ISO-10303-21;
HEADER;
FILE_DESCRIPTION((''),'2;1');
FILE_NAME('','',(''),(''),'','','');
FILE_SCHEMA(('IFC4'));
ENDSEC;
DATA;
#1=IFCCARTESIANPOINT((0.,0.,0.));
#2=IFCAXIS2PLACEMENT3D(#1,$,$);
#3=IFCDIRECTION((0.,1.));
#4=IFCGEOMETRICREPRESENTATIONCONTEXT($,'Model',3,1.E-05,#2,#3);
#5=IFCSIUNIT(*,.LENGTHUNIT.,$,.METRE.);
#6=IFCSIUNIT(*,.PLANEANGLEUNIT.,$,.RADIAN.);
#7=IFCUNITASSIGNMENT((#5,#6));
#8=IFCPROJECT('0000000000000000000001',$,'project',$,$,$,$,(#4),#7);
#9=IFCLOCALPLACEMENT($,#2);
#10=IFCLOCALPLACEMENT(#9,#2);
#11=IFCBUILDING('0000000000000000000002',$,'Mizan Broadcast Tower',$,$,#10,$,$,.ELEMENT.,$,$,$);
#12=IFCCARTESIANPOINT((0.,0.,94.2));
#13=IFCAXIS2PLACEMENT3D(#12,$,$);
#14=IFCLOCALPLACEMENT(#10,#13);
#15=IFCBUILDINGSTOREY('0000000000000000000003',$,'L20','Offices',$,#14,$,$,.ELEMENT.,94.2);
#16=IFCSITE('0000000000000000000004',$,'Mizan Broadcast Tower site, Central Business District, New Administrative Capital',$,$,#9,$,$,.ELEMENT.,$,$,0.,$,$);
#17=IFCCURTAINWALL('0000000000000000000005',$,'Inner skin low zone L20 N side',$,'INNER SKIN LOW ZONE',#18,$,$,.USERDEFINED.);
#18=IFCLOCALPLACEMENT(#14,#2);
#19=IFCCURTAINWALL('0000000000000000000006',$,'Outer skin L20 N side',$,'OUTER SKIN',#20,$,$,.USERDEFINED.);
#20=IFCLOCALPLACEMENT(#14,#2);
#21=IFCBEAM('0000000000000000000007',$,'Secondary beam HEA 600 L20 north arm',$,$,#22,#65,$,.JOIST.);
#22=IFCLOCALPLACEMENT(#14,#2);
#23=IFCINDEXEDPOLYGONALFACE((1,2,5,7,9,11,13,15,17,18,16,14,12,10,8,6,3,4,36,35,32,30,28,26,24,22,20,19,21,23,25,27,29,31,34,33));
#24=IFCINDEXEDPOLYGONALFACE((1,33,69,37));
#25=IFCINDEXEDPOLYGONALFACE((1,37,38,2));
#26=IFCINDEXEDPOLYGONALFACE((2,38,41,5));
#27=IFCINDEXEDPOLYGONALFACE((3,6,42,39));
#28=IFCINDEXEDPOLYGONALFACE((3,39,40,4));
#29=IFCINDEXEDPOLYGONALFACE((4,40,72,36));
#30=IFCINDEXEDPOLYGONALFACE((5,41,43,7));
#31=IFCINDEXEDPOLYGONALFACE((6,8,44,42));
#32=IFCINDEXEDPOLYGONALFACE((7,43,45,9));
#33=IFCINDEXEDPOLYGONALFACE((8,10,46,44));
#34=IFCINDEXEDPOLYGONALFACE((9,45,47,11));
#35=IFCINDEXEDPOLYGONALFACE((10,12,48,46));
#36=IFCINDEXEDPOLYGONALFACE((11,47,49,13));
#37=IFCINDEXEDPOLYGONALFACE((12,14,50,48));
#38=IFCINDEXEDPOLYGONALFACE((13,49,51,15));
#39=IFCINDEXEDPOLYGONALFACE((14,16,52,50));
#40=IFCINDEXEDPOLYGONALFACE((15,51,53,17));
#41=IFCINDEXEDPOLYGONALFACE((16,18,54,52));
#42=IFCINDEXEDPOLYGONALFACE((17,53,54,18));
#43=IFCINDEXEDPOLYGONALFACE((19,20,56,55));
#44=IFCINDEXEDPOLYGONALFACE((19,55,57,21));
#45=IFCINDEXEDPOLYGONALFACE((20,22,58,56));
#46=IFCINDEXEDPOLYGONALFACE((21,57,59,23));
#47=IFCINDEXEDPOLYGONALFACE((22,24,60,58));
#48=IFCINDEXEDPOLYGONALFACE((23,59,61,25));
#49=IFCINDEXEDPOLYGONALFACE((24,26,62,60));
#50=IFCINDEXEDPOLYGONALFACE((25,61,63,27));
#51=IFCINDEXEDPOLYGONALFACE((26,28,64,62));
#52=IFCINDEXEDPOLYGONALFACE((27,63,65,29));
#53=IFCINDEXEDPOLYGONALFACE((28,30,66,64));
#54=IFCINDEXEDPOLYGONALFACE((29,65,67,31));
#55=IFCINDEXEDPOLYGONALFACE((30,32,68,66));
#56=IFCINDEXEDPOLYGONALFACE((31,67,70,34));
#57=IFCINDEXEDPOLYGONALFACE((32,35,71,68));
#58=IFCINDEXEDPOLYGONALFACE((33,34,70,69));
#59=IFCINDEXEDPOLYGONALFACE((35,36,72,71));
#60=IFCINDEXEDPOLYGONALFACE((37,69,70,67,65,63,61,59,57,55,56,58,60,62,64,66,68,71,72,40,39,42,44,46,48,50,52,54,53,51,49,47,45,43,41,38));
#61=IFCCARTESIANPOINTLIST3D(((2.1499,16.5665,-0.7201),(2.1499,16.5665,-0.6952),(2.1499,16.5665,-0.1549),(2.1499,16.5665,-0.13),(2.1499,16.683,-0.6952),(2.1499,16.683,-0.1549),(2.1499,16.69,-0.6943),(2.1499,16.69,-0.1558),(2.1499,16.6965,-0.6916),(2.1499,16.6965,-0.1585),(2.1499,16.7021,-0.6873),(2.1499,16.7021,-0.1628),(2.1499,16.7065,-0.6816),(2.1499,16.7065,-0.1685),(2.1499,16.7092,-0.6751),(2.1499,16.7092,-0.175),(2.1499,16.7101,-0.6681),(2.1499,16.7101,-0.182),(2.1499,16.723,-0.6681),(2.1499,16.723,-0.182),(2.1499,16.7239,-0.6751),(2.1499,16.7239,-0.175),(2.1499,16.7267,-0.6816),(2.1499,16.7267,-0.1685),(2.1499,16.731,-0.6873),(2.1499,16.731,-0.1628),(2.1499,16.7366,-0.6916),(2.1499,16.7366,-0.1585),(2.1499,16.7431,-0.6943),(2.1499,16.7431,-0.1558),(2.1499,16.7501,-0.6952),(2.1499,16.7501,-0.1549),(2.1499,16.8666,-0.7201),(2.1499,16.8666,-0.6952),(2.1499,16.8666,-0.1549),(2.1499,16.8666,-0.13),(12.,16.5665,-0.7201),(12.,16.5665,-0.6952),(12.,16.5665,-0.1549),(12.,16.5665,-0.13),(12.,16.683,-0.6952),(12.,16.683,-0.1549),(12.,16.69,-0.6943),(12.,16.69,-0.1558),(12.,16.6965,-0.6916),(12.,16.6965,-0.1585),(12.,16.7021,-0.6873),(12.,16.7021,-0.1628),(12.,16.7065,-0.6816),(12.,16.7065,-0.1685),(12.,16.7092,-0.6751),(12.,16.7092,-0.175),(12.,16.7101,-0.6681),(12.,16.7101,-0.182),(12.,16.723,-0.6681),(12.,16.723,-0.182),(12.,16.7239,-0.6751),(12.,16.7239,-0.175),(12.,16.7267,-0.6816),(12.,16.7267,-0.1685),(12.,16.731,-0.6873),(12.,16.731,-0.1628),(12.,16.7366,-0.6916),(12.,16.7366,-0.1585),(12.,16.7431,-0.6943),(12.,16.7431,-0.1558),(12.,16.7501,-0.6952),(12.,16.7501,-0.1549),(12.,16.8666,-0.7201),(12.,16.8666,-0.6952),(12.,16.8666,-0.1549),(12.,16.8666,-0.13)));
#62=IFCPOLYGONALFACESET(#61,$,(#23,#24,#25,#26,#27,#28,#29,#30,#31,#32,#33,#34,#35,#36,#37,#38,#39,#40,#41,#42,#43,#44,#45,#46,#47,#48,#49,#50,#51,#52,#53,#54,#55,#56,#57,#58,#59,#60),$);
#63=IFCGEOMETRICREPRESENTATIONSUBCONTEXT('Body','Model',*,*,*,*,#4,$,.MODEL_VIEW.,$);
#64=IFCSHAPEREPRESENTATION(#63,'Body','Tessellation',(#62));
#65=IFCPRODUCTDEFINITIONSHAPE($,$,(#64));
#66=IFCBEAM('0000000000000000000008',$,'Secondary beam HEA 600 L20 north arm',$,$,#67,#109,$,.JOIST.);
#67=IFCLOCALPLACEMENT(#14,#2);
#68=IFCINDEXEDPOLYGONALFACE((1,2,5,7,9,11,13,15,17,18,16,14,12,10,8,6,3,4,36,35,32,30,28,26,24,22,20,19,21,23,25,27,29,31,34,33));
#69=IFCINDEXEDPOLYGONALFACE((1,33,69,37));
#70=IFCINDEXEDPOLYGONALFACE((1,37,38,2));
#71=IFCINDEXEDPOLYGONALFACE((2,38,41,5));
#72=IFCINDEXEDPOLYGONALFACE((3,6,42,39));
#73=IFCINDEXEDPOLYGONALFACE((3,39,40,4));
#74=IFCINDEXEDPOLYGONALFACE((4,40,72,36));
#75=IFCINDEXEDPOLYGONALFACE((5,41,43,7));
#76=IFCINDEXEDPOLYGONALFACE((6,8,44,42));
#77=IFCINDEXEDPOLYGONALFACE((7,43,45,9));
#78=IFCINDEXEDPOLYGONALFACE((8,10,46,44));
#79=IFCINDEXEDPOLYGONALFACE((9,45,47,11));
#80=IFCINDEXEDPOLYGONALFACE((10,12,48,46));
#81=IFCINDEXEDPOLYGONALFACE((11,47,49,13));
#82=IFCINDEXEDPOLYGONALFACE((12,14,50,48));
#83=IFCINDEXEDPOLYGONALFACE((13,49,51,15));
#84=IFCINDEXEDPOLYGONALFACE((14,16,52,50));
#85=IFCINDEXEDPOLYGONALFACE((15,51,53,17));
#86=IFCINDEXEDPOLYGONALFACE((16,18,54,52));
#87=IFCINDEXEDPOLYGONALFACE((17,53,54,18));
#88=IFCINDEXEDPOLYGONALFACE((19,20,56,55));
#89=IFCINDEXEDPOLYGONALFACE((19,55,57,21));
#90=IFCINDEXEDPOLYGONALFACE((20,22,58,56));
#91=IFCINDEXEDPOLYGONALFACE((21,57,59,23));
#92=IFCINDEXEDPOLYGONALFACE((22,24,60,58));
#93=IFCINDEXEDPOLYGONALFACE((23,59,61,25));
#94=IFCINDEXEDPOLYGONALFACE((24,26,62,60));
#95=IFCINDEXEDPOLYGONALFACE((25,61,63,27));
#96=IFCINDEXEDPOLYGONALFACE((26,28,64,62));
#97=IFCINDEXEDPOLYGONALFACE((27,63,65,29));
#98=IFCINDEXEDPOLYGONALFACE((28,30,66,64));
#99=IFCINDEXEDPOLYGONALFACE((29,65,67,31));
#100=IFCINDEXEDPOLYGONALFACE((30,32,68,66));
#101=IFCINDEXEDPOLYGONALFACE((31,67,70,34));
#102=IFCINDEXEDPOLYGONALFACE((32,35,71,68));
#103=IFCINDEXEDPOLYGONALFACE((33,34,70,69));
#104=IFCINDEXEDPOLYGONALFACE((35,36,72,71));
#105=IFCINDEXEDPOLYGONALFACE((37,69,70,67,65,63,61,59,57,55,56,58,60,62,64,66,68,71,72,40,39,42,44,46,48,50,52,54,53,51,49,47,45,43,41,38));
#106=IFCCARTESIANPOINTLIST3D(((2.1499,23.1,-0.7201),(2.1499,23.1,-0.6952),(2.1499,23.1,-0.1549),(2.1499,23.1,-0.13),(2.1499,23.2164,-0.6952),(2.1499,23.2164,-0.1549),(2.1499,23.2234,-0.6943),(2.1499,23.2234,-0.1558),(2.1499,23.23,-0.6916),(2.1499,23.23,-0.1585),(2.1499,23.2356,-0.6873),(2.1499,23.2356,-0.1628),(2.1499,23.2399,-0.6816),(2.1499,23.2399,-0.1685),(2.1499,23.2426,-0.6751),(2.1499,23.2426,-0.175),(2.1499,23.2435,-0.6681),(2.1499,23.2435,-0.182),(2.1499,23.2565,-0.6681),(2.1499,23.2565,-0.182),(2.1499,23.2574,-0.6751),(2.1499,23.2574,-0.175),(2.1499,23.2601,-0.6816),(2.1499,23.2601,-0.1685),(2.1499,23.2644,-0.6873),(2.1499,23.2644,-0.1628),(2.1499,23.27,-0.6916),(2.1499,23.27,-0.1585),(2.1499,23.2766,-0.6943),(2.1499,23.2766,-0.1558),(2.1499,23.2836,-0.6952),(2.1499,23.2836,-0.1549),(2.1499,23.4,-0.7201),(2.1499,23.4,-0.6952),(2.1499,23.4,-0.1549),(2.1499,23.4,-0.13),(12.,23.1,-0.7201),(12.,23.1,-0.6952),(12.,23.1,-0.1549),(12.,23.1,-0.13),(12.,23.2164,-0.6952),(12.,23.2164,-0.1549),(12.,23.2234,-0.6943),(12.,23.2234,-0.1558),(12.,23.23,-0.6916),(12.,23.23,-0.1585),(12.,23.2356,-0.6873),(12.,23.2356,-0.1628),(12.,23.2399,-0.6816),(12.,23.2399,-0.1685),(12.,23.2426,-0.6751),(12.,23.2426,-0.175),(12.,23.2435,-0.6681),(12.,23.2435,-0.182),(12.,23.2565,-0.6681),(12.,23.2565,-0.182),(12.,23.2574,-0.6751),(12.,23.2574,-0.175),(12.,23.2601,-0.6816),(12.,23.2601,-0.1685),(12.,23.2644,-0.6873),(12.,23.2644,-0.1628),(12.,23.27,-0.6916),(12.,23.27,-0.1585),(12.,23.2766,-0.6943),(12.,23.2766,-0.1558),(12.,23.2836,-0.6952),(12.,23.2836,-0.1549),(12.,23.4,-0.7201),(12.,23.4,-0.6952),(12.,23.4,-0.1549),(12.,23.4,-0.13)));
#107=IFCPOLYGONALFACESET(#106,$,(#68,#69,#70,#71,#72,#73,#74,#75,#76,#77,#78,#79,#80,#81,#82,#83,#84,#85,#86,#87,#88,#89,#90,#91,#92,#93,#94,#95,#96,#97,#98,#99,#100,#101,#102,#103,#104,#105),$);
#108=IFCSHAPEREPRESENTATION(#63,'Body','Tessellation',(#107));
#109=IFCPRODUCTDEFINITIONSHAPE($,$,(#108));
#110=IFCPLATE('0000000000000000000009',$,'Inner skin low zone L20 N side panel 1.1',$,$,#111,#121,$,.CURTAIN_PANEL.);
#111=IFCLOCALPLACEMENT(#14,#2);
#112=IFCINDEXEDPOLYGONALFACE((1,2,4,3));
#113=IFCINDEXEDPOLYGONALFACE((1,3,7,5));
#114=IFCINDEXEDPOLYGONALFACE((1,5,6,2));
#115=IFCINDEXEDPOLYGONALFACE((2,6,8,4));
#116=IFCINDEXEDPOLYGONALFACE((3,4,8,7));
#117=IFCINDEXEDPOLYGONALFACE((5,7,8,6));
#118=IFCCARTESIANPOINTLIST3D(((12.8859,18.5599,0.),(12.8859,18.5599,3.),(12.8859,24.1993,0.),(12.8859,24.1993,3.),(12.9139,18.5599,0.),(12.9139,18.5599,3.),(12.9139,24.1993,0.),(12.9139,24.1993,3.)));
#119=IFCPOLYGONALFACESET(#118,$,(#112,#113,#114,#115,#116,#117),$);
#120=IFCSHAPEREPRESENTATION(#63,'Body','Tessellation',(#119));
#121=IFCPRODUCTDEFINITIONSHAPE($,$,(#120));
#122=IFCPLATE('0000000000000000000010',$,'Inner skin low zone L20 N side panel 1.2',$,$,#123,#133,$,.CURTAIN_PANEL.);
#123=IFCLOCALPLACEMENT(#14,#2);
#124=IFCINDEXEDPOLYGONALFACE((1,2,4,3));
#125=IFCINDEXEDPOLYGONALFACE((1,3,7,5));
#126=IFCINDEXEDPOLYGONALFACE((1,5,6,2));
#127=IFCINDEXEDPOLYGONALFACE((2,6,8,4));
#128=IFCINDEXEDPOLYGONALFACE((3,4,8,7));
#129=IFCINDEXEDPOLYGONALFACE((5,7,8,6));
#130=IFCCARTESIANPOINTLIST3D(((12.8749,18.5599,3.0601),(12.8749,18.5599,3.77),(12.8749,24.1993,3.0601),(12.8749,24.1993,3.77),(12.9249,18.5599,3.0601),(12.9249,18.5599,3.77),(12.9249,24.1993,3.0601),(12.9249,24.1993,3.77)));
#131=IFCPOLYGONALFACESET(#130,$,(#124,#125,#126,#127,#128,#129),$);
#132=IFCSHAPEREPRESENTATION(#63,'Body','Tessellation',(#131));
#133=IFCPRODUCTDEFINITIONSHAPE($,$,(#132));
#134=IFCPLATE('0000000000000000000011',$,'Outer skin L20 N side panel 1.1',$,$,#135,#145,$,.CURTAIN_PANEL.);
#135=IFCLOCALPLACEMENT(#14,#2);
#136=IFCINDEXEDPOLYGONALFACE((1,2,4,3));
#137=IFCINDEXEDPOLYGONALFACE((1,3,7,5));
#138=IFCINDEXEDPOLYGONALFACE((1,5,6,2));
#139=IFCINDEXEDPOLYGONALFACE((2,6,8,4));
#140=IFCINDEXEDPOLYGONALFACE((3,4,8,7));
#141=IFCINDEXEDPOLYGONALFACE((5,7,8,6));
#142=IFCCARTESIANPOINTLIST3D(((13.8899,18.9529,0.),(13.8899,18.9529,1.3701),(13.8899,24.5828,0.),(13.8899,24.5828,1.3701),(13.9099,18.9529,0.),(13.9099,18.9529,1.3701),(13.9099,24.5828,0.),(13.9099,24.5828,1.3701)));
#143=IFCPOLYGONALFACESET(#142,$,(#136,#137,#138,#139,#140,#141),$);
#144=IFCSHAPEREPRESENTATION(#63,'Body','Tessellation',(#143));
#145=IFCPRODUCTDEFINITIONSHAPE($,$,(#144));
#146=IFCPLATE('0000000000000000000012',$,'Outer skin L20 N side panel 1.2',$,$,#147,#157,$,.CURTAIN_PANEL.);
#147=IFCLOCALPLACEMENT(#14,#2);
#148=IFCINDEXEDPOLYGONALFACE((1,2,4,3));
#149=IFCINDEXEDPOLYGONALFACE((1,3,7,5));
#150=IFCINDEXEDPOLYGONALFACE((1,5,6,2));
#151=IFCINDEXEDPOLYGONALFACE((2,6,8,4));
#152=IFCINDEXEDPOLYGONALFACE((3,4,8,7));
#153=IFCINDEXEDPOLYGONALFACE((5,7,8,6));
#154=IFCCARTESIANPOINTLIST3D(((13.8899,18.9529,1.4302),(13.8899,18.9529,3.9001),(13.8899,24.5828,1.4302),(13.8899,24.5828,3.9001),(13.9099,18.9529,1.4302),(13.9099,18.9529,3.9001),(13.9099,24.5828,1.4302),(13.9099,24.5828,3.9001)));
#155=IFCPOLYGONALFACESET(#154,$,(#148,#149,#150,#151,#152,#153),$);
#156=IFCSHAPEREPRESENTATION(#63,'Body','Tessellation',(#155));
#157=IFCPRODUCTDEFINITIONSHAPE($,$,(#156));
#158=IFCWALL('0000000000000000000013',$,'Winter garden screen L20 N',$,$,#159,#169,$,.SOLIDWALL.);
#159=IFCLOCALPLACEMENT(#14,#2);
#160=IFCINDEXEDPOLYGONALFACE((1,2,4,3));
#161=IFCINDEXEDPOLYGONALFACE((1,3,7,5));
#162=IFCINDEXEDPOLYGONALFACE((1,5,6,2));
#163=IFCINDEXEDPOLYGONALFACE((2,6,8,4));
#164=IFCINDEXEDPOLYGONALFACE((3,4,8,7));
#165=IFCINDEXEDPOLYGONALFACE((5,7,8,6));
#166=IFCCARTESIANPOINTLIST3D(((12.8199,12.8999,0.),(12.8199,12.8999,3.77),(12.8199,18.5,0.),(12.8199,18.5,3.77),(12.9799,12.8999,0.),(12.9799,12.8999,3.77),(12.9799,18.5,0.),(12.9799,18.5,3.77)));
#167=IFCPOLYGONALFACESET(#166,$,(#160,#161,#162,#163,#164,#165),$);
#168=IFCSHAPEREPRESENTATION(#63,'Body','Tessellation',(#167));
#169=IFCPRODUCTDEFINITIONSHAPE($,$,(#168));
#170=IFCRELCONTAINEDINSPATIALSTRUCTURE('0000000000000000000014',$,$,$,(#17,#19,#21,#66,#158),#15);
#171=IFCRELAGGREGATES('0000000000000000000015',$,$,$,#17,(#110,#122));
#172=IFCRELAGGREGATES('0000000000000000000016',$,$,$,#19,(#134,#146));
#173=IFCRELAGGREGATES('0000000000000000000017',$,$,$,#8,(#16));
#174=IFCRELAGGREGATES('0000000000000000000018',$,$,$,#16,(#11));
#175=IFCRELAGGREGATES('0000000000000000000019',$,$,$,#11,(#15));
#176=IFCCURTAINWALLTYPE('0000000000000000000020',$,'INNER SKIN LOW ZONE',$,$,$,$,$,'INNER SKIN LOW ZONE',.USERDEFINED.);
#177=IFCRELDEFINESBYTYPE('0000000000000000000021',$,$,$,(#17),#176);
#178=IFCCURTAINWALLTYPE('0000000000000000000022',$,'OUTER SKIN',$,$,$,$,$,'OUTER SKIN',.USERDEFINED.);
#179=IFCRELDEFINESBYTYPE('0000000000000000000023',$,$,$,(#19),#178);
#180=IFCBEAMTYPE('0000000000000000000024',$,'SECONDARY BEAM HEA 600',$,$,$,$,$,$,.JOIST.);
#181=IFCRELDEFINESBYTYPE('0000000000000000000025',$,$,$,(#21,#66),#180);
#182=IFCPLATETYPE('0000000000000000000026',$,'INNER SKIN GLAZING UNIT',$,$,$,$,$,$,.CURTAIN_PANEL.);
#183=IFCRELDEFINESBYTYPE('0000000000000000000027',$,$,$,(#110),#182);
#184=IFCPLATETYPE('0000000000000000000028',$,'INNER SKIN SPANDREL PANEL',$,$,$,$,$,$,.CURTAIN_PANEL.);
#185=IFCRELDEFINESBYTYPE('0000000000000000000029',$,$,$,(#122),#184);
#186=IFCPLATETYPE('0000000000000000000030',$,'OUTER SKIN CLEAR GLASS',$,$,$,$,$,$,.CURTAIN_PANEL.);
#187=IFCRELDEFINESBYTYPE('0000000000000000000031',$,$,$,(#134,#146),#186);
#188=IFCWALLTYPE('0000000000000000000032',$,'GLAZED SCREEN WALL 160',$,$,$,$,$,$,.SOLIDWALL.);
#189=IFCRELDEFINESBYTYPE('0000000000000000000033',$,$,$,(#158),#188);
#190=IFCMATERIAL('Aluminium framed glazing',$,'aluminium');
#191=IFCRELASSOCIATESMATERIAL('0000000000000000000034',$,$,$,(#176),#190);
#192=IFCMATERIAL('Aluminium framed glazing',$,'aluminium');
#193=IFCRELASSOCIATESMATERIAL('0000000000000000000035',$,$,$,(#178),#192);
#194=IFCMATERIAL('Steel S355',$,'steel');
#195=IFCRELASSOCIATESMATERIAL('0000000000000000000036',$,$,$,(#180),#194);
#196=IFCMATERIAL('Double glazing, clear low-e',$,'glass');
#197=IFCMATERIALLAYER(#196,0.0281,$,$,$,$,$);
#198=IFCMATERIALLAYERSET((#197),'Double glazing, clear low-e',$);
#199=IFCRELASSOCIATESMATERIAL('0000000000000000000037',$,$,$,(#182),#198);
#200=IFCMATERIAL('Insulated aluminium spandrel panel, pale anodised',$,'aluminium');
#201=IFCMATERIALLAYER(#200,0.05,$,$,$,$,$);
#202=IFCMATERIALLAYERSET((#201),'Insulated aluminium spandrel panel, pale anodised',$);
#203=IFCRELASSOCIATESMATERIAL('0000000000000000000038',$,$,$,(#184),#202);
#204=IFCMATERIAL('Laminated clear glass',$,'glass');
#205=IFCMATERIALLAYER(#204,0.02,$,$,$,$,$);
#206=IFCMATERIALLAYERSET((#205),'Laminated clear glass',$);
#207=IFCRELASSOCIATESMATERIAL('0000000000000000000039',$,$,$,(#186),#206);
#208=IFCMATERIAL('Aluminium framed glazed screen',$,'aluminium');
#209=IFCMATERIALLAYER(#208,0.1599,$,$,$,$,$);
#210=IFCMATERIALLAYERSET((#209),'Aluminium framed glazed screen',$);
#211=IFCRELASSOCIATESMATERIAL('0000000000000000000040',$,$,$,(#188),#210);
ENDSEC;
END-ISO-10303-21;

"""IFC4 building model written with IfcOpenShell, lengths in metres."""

from ifc_helpers import new_model, si_unit, direction, frame, frame_2d, origin, origin_2d, place, context, subcontext, project, spatial, rectangle, i_section, extrude, material, layer, layer_set, material_profile, profile_set, type_object, element, aggregate, save


model = new_model("IFC4")

# Units and contexts
model_context = context("Model", 3, precision=1e-05, world=origin(), true_north=direction((0.0, 1.0)))
body_context = subcontext(model_context, "Body", "Model", "MODEL_VIEW")
ifc_project = project(units=[si_unit("LENGTHUNIT", "METRE"), si_unit("PLANEANGLEUNIT", "RADIAN")], contexts=[model_context])

# Site, building, storey
site_placement = place(None, origin())
site = spatial("IfcSite", under=ifc_project, at=site_placement, Name="Mizan Broadcast Tower site, Central Business District, New Administrative Capital", CompositionType="ELEMENT", RefElevation=0.0)
building_placement = place(site_placement, origin())
building = spatial("IfcBuilding", under=site, at=building_placement, Name="Mizan Broadcast Tower", CompositionType="ELEMENT")
storey_placement = place(building_placement, frame((0.0, 0.0, 94.2)))
storey = spatial("IfcBuildingStorey", under=building, at=storey_placement, Name="L20", Description="Offices", CompositionType="ELEMENT", Elevation=94.2)

# Curtain wall
ifc_material_1 = material(Name="Aluminium framed glazing", Category="aluminium")
curtain_wall_type_1 = type_object("IfcCurtainWallType", Name="INNER SKIN LOW ZONE", ElementType="INNER SKIN LOW ZONE", PredefinedType="USERDEFINED", material=ifc_material_1)
curtain_wall_1_placement = place(storey_placement, origin())
curtain_wall_1 = element("IfcCurtainWall", 1, at=curtain_wall_1_placement, inside=storey, type_object=curtain_wall_type_1, Name="Inner skin low zone L20 N side", ObjectType="INNER SKIN LOW ZONE", PredefinedType="USERDEFINED")

# Curtain wall
ifc_material_2 = material(Name="Aluminium framed glazing", Category="aluminium")
curtain_wall_type_2 = type_object("IfcCurtainWallType", Name="OUTER SKIN", ElementType="OUTER SKIN", PredefinedType="USERDEFINED", material=ifc_material_2)
curtain_wall_2_placement = place(storey_placement, origin())
curtain_wall_2 = element("IfcCurtainWall", 2, at=curtain_wall_2_placement, inside=storey, type_object=curtain_wall_type_2, Name="Outer skin L20 N side", ObjectType="OUTER SKIN", PredefinedType="USERDEFINED")

# Beams
ifc_material_3 = material(Name="Steel S355", Category="steel")
ifc_material_profile_1 = material_profile(ifc_material_3, i_section(OverallWidth=0.3, OverallDepth=0.5901, WebThickness=0.0129, FlangeThickness=0.0249, FilletRadius=0.0271, at=origin_2d()), Name="HEA 600")
ifc_profile_set_1 = profile_set([ifc_material_profile_1], Name="Steel S355")
beam_type_1 = type_object("IfcBeamType", Name="SECONDARY BEAM HEA 600", PredefinedType="JOIST", material=ifc_profile_set_1)
for number, where, z_axis, x_axis, name in (
    (3, (12.0, 16.7166, -0.425), (-1.0, 0.0, 0.0), (0.0, -1.0, 0.0), "Secondary beam HEA 600 L20 north arm"),
    (4, (12.0, 23.25, -0.425), (-1.0, 0.0, 0.0), (0.0, -1.0, 0.0), "Secondary beam HEA 600 L20 north arm"),
):
    element("IfcBeam", number, at=place(storey_placement, frame(where, z_axis=z_axis, x_axis=x_axis)), inside=storey, type_object=beam_type_1, Name=name, PredefinedType="JOIST", context=body_context, shape_type="SweptSolid", body=[
        extrude(i_section(OverallWidth=0.3, OverallDepth=0.5901, WebThickness=0.0129, FlangeThickness=0.0249, FilletRadius=0.0271, at=origin_2d()), origin(), (0.0, 0.0, 1.0), 9.8501),
    ])

# Plates
ifc_material_4 = material(Name="Double glazing, clear low-e", Category="glass")
ifc_layer_1 = layer(ifc_material_4, 0.0281)
ifc_layer_set_1 = layer_set([ifc_layer_1], Name="Double glazing, clear low-e")
plate_type_1 = type_object("IfcPlateType", Name="INNER SKIN GLAZING UNIT", PredefinedType="CURTAIN_PANEL", material=ifc_layer_set_1)
plate_1_placement = place(storey_placement, frame((12.8999, 21.3796, 0.0), z_axis=(0.0, 0.0, 1.0), x_axis=(0.0, 1.0, 0.0)))
plate_1 = element("IfcPlate", 5, at=plate_1_placement, type_object=plate_type_1, Name="Inner skin low zone L20 N side panel 1.1", PredefinedType="CURTAIN_PANEL", context=body_context, shape_type="SweptSolid", body=[
    extrude(rectangle(XDim=5.6394, YDim=0.0281, at=origin_2d()), origin(), (0.0, 0.0, 1.0), 3.0),
])
ifc_material_5 = material(Name="Insulated aluminium spandrel panel, pale anodised", Category="aluminium")
ifc_layer_2 = layer(ifc_material_5, 0.05)
ifc_layer_set_2 = layer_set([ifc_layer_2], Name="Insulated aluminium spandrel panel, pale anodised")
plate_type_2 = type_object("IfcPlateType", Name="INNER SKIN SPANDREL PANEL", PredefinedType="CURTAIN_PANEL", material=ifc_layer_set_2)
plate_2_placement = place(storey_placement, frame((12.8999, 21.3796, 3.0601), z_axis=(0.0, 0.0, 1.0), x_axis=(0.0, 1.0, 0.0)))
plate_2 = element("IfcPlate", 6, at=plate_2_placement, type_object=plate_type_2, Name="Inner skin low zone L20 N side panel 1.2", PredefinedType="CURTAIN_PANEL", context=body_context, shape_type="SweptSolid", body=[
    extrude(rectangle(XDim=5.6394, YDim=0.05, at=origin_2d()), origin(), (0.0, 0.0, 1.0), 0.71),
])
aggregate(curtain_wall_1, [plate_1, plate_2])
ifc_material_6 = material(Name="Laminated clear glass", Category="glass")
ifc_layer_3 = layer(ifc_material_6, 0.02)
ifc_layer_set_3 = layer_set([ifc_layer_3], Name="Laminated clear glass")
plate_type_3 = type_object("IfcPlateType", Name="OUTER SKIN CLEAR GLASS", PredefinedType="CURTAIN_PANEL", material=ifc_layer_set_3)
plate_3_placement = place(storey_placement, frame((13.8999, 21.7678, 0.0), z_axis=(0.0, 0.0, 1.0), x_axis=(0.0, 1.0, 0.0)))
plate_3 = element("IfcPlate", 7, at=plate_3_placement, type_object=plate_type_3, Name="Outer skin L20 N side panel 1.1", PredefinedType="CURTAIN_PANEL", context=body_context, shape_type="SweptSolid", body=[
    extrude(rectangle(XDim=5.6299, YDim=0.02, at=origin_2d()), origin(), (0.0, 0.0, 1.0), 1.3701),
])
plate_4_placement = place(storey_placement, frame((13.8999, 21.7678, 1.4302), z_axis=(0.0, 0.0, 1.0), x_axis=(0.0, 1.0, 0.0)))
plate_4 = element("IfcPlate", 8, at=plate_4_placement, type_object=plate_type_3, Name="Outer skin L20 N side panel 1.2", PredefinedType="CURTAIN_PANEL", context=body_context, shape_type="SweptSolid", body=[
    extrude(rectangle(XDim=5.6299, YDim=0.02, at=origin_2d()), origin(), (0.0, 0.0, 1.0), 2.47),
])
aggregate(curtain_wall_2, [plate_3, plate_4])

# Wall
ifc_material_7 = material(Name="Aluminium framed glazed screen", Category="aluminium")
ifc_layer_4 = layer(ifc_material_7, 0.1599)
ifc_layer_set_4 = layer_set([ifc_layer_4], Name="Aluminium framed glazed screen")
wall_type_1 = type_object("IfcWallType", Name="GLAZED SCREEN WALL 160", PredefinedType="SOLIDWALL", material=ifc_layer_set_4)
wall_1_placement = place(storey_placement, frame((12.8999, 12.8999, 0.0), z_axis=(0.0, 0.0, 1.0), x_axis=(0.0, 1.0, 0.0)))
element("IfcWall", 9, at=wall_1_placement, inside=storey, type_object=wall_type_1, Name="Winter garden screen L20 N", PredefinedType="SOLIDWALL", context=body_context, shape_type="SweptSolid", body=[
    extrude(rectangle(XDim=5.6001, YDim=0.1599, at=frame_2d((2.8, 0.0))), origin(), (0.0, 0.0, 1.0), 3.77),
])

save(model, "model.ifc")
